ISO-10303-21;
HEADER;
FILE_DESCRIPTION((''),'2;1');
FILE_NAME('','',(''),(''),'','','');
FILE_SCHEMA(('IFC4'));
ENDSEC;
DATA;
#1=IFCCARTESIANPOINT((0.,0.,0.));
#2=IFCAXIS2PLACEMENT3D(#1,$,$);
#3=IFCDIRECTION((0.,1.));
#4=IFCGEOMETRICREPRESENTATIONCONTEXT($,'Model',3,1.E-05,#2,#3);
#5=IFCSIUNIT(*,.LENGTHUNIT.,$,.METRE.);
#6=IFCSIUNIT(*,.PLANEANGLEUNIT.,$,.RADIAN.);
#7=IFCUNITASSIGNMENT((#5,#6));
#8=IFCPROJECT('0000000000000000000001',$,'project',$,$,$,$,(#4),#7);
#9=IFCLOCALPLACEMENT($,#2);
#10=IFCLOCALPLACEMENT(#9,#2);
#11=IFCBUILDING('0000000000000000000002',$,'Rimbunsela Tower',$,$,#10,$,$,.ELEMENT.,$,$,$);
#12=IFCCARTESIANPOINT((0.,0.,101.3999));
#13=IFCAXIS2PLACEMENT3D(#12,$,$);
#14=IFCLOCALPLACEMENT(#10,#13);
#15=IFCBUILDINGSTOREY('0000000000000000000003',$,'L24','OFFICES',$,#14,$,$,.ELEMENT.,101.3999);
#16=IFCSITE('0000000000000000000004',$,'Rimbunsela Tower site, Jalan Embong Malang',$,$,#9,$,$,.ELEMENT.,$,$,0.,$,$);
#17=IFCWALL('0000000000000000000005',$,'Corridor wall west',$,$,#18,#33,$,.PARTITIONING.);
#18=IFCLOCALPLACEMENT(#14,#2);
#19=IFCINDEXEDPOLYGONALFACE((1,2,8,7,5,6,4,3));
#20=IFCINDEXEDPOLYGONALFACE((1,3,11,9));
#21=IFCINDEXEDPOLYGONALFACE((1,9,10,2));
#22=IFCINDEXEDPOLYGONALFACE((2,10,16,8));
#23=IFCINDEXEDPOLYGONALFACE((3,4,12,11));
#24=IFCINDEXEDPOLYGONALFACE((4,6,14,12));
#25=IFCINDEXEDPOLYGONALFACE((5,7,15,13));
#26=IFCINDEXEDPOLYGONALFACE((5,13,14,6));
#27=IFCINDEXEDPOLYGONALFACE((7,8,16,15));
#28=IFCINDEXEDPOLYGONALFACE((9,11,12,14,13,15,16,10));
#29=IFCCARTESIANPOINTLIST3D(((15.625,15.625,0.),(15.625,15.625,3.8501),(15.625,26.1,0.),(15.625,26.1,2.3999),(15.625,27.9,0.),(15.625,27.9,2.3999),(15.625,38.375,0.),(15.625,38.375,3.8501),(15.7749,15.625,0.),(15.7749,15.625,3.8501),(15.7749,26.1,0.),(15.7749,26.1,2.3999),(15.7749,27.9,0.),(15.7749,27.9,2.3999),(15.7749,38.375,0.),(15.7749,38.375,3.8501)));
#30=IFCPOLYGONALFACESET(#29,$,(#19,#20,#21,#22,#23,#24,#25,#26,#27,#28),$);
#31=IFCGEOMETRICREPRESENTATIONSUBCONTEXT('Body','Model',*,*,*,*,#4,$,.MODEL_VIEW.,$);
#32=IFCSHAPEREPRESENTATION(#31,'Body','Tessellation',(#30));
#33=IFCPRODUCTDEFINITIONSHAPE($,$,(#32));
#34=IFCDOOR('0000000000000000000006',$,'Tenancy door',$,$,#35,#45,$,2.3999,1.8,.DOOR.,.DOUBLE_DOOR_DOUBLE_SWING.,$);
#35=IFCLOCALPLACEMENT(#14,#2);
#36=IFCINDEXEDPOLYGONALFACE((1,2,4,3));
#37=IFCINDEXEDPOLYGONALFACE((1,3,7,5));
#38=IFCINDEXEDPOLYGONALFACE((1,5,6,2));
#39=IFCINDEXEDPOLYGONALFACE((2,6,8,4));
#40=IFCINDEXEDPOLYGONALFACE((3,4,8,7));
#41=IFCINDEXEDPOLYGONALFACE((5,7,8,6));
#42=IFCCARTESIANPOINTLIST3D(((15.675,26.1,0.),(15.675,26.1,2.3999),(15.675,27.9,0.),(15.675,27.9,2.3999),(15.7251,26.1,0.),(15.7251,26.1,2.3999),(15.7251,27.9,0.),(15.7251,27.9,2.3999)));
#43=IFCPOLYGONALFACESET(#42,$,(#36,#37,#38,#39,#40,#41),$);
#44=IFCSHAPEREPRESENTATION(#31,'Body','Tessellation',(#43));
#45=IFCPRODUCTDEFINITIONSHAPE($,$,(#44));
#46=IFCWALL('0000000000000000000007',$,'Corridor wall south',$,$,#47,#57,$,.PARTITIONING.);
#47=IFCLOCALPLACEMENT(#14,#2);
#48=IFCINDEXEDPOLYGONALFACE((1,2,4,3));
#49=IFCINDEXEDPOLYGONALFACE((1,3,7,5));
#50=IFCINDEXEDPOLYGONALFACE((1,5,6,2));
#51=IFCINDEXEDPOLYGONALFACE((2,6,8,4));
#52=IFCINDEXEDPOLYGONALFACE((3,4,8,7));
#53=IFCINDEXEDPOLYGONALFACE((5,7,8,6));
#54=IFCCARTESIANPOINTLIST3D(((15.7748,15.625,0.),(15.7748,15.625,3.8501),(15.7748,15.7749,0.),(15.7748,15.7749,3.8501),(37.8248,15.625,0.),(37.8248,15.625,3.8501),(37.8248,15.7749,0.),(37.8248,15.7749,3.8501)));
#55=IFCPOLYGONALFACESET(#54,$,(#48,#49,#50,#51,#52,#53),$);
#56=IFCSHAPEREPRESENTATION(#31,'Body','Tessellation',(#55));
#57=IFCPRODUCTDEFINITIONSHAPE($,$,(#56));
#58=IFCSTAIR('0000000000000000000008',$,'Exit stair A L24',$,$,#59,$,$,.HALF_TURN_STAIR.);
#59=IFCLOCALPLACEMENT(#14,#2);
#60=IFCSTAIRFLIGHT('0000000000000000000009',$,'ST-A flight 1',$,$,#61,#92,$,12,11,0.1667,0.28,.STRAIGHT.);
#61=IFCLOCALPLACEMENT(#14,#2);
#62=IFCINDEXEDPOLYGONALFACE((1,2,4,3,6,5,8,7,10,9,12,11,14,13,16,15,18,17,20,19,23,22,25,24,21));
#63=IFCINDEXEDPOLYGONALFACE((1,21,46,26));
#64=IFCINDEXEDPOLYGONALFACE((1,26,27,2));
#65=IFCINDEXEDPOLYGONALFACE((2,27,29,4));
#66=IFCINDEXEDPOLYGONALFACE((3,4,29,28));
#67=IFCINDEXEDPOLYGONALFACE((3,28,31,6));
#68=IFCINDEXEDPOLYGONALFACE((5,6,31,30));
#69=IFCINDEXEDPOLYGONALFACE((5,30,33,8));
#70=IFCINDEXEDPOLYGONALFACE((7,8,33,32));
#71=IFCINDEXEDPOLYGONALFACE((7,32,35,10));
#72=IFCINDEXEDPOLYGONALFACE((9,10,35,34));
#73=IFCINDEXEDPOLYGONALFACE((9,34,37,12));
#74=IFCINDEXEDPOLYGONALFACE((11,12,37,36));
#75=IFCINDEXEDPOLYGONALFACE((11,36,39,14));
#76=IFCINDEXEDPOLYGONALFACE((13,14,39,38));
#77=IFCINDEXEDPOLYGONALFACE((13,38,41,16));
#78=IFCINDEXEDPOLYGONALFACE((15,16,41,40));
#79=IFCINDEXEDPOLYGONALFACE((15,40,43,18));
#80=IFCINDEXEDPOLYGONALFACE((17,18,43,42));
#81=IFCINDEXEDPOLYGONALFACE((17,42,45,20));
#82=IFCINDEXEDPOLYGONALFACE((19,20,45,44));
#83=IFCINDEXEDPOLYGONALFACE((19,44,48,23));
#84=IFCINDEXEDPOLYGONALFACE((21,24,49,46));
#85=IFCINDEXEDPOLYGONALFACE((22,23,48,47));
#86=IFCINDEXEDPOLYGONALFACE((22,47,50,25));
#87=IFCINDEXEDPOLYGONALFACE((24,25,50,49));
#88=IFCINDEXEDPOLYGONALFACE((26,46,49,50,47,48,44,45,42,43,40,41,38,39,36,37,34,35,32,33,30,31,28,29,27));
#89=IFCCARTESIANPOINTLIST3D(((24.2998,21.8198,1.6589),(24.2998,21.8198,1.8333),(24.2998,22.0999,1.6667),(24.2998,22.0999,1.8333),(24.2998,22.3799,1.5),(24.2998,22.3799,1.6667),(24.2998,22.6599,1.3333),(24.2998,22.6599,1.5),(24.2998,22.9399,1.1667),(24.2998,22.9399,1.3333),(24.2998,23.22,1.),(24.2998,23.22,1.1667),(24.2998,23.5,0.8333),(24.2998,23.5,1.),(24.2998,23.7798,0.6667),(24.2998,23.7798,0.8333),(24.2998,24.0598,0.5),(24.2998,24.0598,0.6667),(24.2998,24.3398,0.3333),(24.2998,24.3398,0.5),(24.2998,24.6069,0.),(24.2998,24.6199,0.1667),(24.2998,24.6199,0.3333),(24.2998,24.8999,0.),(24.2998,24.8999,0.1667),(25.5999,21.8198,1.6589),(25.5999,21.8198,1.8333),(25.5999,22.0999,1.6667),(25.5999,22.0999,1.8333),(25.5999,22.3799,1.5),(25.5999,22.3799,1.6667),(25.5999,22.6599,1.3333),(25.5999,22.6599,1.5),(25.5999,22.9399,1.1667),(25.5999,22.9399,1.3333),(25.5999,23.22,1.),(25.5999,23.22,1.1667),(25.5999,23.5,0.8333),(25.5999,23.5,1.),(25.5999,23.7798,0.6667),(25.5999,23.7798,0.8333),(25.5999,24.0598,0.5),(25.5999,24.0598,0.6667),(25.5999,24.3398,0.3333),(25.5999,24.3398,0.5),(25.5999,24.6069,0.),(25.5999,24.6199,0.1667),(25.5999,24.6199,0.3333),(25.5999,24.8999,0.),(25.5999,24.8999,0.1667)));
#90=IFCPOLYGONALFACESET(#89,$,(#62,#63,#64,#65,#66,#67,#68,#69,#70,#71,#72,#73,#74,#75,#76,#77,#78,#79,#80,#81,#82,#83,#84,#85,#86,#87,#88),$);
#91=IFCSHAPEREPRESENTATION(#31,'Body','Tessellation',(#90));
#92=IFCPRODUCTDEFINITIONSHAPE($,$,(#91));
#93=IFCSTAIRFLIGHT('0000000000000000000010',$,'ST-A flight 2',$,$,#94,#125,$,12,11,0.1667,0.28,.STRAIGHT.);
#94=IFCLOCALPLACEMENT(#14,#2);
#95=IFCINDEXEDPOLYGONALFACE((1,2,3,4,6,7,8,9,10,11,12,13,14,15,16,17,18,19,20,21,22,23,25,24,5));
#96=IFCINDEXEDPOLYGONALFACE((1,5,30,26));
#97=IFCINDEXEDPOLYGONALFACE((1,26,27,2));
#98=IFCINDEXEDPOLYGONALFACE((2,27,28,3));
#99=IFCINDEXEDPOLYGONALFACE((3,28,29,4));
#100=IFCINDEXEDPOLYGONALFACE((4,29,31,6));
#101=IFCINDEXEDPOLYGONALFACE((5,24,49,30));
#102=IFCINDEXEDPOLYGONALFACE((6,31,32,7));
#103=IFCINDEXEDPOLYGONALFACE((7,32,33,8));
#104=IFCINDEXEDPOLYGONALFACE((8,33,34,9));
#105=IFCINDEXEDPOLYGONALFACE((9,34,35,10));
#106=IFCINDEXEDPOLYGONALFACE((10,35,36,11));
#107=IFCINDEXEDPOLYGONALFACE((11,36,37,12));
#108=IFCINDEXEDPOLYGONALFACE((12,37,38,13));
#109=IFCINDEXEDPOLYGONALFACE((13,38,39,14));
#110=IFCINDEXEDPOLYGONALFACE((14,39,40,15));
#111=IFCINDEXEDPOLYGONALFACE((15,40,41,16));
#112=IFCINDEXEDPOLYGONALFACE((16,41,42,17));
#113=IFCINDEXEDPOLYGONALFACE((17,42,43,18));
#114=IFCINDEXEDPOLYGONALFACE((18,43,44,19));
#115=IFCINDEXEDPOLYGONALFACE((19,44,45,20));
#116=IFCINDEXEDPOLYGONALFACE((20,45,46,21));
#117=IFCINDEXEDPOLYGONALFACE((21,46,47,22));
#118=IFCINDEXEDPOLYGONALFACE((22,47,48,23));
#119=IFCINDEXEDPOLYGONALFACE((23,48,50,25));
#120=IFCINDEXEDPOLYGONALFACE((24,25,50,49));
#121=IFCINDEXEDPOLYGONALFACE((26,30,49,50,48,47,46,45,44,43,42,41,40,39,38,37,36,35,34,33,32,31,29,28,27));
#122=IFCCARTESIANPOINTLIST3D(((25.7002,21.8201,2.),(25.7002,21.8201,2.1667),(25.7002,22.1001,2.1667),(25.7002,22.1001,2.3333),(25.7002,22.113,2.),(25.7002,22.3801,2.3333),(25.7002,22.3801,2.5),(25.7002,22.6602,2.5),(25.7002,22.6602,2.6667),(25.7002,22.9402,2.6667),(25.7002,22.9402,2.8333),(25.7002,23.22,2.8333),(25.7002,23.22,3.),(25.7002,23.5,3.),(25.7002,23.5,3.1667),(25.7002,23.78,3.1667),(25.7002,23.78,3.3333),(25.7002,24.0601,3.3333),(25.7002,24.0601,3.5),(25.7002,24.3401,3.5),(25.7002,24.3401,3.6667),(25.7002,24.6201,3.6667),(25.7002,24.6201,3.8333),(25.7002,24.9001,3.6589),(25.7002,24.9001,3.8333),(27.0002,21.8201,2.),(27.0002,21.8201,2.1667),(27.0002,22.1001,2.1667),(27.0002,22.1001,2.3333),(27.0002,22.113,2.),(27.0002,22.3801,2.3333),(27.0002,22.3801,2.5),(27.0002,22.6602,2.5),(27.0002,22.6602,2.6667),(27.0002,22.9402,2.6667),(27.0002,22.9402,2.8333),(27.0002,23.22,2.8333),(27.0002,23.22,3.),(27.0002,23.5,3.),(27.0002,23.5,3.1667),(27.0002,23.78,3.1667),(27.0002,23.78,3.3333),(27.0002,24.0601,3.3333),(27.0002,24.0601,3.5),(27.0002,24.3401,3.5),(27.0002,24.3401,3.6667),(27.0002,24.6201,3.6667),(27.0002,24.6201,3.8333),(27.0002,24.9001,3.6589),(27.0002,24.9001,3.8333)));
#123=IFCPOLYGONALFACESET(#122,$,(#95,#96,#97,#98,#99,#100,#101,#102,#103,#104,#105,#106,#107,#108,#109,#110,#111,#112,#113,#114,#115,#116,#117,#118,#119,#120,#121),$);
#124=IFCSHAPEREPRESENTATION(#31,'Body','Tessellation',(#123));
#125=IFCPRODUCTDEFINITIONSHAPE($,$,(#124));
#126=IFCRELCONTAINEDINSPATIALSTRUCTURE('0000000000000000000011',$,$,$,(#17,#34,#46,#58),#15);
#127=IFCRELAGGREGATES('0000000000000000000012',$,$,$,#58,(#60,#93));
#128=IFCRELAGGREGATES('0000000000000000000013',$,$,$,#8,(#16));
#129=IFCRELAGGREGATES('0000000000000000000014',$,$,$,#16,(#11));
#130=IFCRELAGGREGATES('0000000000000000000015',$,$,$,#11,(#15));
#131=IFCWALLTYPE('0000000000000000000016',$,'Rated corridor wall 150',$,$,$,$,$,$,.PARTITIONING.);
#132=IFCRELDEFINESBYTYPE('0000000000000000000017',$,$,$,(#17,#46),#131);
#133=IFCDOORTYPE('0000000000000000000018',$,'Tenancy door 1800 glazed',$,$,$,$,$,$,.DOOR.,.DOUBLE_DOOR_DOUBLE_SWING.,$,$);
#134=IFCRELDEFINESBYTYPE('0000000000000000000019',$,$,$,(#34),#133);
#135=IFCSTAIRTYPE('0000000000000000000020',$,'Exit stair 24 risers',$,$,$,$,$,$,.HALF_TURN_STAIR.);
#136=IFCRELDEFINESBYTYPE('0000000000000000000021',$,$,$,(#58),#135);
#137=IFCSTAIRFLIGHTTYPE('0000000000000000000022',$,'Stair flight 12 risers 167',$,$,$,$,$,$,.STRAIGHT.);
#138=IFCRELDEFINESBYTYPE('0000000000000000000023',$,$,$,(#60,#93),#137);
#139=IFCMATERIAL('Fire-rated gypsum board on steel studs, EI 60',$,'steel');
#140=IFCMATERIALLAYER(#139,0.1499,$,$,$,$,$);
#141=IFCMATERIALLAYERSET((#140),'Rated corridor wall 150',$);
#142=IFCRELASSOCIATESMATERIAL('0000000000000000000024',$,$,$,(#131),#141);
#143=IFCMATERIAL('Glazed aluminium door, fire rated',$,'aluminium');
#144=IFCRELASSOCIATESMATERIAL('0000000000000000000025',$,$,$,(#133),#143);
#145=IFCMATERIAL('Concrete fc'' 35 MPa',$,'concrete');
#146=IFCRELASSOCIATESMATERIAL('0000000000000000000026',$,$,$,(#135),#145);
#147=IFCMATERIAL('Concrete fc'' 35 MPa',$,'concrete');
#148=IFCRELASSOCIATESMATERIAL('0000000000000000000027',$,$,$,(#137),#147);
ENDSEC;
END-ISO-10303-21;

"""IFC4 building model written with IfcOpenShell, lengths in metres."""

from ifc_helpers import new_model, si_unit, direction, frame, frame_2d, origin, place, context, subcontext, project, spatial, polyline, rectangle, outline, extrude, material, layer, layer_set, type_object, element, fill, aggregate, save


model = new_model("IFC4")

# Units and contexts
model_context = context("Model", 3, precision=1e-05, world=origin(), true_north=direction((0.0, 1.0)))
body_context = subcontext(model_context, "Body", "Model", "MODEL_VIEW")
ifc_project = project(units=[si_unit("LENGTHUNIT", "METRE"), si_unit("PLANEANGLEUNIT", "RADIAN")], contexts=[model_context])

# Site, building, storey
site_placement = place(None, origin())
site = spatial("IfcSite", under=ifc_project, at=site_placement, Name="Rimbunsela Tower site, Jalan Embong Malang", CompositionType="ELEMENT", RefElevation=0.0)
building_placement = place(site_placement, origin())
building = spatial("IfcBuilding", under=site, at=building_placement, Name="Rimbunsela Tower", CompositionType="ELEMENT")
storey_placement = place(building_placement, frame((0.0, 0.0, 101.3999)))
storey = spatial("IfcBuildingStorey", under=building, at=storey_placement, Name="L24", Description="OFFICES", CompositionType="ELEMENT", Elevation=101.3999)

# Wall, opening, door
ifc_material_1 = material(Name="Fire-rated gypsum board on steel studs, EI 60", Category="steel")
ifc_layer_1 = layer(ifc_material_1, 0.1499)
ifc_layer_set_1 = layer_set([ifc_layer_1], Name="Rated corridor wall 150")
wall_type_1 = type_object("IfcWallType", Name="Rated corridor wall 150", PredefinedType="PARTITIONING", material=ifc_layer_set_1)
wall_1_placement = place(storey_placement, frame((15.7, 15.625, 0.0), z_axis=(0.0, 0.0, 1.0), x_axis=(0.0, 1.0, 0.0)))
wall_1 = element("IfcWall", 1, at=wall_1_placement, inside=storey, type_object=wall_type_1, Name="Corridor wall west", PredefinedType="PARTITIONING", context=body_context, shape_type="SweptSolid", body=[
    extrude(rectangle(XDim=22.75, YDim=0.1499, at=frame_2d((11.375, 0.0))), origin(), (0.0, 0.0, 1.0), 3.8501),
])
opening_1_placement = place(wall_1_placement, frame((10.4751, 0.0, 0.0)))
opening_1 = element("IfcOpeningElement", 2, at=opening_1_placement, cuts=wall_1, PredefinedType="OPENING", context=body_context, shape_type="SweptSolid", body=[
    extrude(rectangle(XDim=1.8, YDim=2.3999, at=frame_2d((0.8999, 1.2))), frame((0.0, 0.085, 0.0), z_axis=(0.0, -1.0, 0.0), x_axis=(1.0, 0.0, 0.0)), (0.0, 0.0, 1.0), 0.1699),
])
ifc_material_2 = material(Name="Glazed aluminium door, fire rated", Category="aluminium")
door_type_1 = type_object("IfcDoorType", Name="Tenancy door 1800 glazed", OperationType="DOUBLE_DOOR_DOUBLE_SWING", PredefinedType="DOOR", material=ifc_material_2)
door_1_placement = place(opening_1_placement, origin())
door_1 = element("IfcDoor", 3, at=door_1_placement, inside=storey, type_object=door_type_1, Name="Tenancy door", OperationType="DOUBLE_DOOR_DOUBLE_SWING", OverallHeight=2.3999, OverallWidth=1.8, PredefinedType="DOOR", context=body_context, shape_type="SweptSolid", body=[
    extrude(rectangle(XDim=1.8, YDim=2.3999, at=frame_2d((0.8999, 1.2))), frame((0.0, 0.0249, 0.0), z_axis=(0.0, -1.0, 0.0), x_axis=(1.0, 0.0, 0.0)), (0.0, 0.0, 1.0), 0.05),
])
fill(opening_1, door_1)

# Wall
wall_2_placement = place(storey_placement, frame((15.7749, 15.7, 0.0), z_axis=(0.0, 0.0, 1.0), x_axis=(1.0, 0.0, 0.0)))
element("IfcWall", 4, at=wall_2_placement, inside=storey, type_object=wall_type_1, Name="Corridor wall south", PredefinedType="PARTITIONING", context=body_context, shape_type="SweptSolid", body=[
    extrude(rectangle(XDim=22.05, YDim=0.1499, at=frame_2d((11.0249, 0.0))), origin(), (0.0, 0.0, 1.0), 3.8501),
])

# Stair, stair flights
ifc_material_3 = material(Name="Concrete fc' 35 MPa", Category="concrete")
stair_type = type_object("IfcStairType", Name="Exit stair 24 risers", PredefinedType="HALF_TURN_STAIR", material=ifc_material_3)
stair_placement = place(storey_placement, origin())
stair = element("IfcStair", 5, at=stair_placement, inside=storey, type_object=stair_type, Name="Exit stair A L24", PredefinedType="HALF_TURN_STAIR")
ifc_material_4 = material(Name="Concrete fc' 35 MPa", Category="concrete")
stair_flight_type = type_object("IfcStairFlightType", Name="Stair flight 12 risers 167", PredefinedType="STRAIGHT", material=ifc_material_4)
stair_flight_1_placement = place(storey_placement, frame((24.95, 24.8999, 0.0), z_axis=(0.0, 0.0, 1.0), x_axis=(0.0, -1.0, 0.0)))
stair_flight_1 = element("IfcStairFlight", 6, at=stair_flight_1_placement, type_object=stair_flight_type, Name="ST-A flight 1", NumberOfRisers=12, NumberOfTreads=11, PredefinedType="STRAIGHT", RiserHeight=0.1667, TreadLength=0.28, context=body_context, shape_type="SweptSolid", body=[
    extrude(outline(polyline([(0.0, 0.0), (0.0, 0.1667), (0.28, 0.1667), (0.28, 0.3333), (0.5601, 0.3333), (0.5601, 0.5), (0.8401, 0.5), (0.8401, 0.6667), (1.1201, 0.6667), (1.1201, 0.8333), (1.3999, 0.8333), (1.3999, 1.0), (1.6799, 1.0), (1.6799, 1.1667), (1.96, 1.1667), (1.96, 1.3333), (2.24, 1.3333), (2.24, 1.5), (2.52, 1.5), (2.52, 1.6667), (2.8, 1.6667), (2.8, 1.8333), (3.0801, 1.8333), (3.0801, 2.0), (3.0801, 1.6589), (0.293, 0.0), (0.0, 0.0)])), frame((0.0, 0.6499, 0.0), z_axis=(0.0, -1.0, 0.0), x_axis=(1.0, 0.0, 0.0)), (0.0, 0.0, 1.0), 1.3),
])
stair_flight_2_placement = place(storey_placement, frame((26.3501, 21.8201, 2.0), z_axis=(0.0, 0.0, 1.0), x_axis=(0.0, 1.0, 0.0)))
stair_flight_2 = element("IfcStairFlight", 7, at=stair_flight_2_placement, type_object=stair_flight_type, Name="ST-A flight 2", NumberOfRisers=12, NumberOfTreads=11, PredefinedType="STRAIGHT", RiserHeight=0.1667, TreadLength=0.28, context=body_context, shape_type="SweptSolid", body=[
    extrude(outline(polyline([(0.0, 0.0), (0.0, 0.1667), (0.28, 0.1667), (0.28, 0.3333), (0.5601, 0.3333), (0.5601, 0.5), (0.8401, 0.5), (0.8401, 0.6667), (1.1201, 0.6667), (1.1201, 0.8333), (1.3999, 0.8333), (1.3999, 1.0), (1.6799, 1.0), (1.6799, 1.1667), (1.96, 1.1667), (1.96, 1.3333), (2.24, 1.3333), (2.24, 1.5), (2.52, 1.5), (2.52, 1.6667), (2.8, 1.6667), (2.8, 1.8333), (3.0801, 1.8333), (3.0801, 2.0), (3.0801, 1.6589), (0.293, 0.0), (0.0, 0.0)])), frame((0.0, 0.6499, 0.0), z_axis=(0.0, -1.0, 0.0), x_axis=(1.0, 0.0, 0.0)), (0.0, 0.0, 1.0), 1.3),
])
aggregate(stair, [stair_flight_1, stair_flight_2])

save(model, "model.ifc")
